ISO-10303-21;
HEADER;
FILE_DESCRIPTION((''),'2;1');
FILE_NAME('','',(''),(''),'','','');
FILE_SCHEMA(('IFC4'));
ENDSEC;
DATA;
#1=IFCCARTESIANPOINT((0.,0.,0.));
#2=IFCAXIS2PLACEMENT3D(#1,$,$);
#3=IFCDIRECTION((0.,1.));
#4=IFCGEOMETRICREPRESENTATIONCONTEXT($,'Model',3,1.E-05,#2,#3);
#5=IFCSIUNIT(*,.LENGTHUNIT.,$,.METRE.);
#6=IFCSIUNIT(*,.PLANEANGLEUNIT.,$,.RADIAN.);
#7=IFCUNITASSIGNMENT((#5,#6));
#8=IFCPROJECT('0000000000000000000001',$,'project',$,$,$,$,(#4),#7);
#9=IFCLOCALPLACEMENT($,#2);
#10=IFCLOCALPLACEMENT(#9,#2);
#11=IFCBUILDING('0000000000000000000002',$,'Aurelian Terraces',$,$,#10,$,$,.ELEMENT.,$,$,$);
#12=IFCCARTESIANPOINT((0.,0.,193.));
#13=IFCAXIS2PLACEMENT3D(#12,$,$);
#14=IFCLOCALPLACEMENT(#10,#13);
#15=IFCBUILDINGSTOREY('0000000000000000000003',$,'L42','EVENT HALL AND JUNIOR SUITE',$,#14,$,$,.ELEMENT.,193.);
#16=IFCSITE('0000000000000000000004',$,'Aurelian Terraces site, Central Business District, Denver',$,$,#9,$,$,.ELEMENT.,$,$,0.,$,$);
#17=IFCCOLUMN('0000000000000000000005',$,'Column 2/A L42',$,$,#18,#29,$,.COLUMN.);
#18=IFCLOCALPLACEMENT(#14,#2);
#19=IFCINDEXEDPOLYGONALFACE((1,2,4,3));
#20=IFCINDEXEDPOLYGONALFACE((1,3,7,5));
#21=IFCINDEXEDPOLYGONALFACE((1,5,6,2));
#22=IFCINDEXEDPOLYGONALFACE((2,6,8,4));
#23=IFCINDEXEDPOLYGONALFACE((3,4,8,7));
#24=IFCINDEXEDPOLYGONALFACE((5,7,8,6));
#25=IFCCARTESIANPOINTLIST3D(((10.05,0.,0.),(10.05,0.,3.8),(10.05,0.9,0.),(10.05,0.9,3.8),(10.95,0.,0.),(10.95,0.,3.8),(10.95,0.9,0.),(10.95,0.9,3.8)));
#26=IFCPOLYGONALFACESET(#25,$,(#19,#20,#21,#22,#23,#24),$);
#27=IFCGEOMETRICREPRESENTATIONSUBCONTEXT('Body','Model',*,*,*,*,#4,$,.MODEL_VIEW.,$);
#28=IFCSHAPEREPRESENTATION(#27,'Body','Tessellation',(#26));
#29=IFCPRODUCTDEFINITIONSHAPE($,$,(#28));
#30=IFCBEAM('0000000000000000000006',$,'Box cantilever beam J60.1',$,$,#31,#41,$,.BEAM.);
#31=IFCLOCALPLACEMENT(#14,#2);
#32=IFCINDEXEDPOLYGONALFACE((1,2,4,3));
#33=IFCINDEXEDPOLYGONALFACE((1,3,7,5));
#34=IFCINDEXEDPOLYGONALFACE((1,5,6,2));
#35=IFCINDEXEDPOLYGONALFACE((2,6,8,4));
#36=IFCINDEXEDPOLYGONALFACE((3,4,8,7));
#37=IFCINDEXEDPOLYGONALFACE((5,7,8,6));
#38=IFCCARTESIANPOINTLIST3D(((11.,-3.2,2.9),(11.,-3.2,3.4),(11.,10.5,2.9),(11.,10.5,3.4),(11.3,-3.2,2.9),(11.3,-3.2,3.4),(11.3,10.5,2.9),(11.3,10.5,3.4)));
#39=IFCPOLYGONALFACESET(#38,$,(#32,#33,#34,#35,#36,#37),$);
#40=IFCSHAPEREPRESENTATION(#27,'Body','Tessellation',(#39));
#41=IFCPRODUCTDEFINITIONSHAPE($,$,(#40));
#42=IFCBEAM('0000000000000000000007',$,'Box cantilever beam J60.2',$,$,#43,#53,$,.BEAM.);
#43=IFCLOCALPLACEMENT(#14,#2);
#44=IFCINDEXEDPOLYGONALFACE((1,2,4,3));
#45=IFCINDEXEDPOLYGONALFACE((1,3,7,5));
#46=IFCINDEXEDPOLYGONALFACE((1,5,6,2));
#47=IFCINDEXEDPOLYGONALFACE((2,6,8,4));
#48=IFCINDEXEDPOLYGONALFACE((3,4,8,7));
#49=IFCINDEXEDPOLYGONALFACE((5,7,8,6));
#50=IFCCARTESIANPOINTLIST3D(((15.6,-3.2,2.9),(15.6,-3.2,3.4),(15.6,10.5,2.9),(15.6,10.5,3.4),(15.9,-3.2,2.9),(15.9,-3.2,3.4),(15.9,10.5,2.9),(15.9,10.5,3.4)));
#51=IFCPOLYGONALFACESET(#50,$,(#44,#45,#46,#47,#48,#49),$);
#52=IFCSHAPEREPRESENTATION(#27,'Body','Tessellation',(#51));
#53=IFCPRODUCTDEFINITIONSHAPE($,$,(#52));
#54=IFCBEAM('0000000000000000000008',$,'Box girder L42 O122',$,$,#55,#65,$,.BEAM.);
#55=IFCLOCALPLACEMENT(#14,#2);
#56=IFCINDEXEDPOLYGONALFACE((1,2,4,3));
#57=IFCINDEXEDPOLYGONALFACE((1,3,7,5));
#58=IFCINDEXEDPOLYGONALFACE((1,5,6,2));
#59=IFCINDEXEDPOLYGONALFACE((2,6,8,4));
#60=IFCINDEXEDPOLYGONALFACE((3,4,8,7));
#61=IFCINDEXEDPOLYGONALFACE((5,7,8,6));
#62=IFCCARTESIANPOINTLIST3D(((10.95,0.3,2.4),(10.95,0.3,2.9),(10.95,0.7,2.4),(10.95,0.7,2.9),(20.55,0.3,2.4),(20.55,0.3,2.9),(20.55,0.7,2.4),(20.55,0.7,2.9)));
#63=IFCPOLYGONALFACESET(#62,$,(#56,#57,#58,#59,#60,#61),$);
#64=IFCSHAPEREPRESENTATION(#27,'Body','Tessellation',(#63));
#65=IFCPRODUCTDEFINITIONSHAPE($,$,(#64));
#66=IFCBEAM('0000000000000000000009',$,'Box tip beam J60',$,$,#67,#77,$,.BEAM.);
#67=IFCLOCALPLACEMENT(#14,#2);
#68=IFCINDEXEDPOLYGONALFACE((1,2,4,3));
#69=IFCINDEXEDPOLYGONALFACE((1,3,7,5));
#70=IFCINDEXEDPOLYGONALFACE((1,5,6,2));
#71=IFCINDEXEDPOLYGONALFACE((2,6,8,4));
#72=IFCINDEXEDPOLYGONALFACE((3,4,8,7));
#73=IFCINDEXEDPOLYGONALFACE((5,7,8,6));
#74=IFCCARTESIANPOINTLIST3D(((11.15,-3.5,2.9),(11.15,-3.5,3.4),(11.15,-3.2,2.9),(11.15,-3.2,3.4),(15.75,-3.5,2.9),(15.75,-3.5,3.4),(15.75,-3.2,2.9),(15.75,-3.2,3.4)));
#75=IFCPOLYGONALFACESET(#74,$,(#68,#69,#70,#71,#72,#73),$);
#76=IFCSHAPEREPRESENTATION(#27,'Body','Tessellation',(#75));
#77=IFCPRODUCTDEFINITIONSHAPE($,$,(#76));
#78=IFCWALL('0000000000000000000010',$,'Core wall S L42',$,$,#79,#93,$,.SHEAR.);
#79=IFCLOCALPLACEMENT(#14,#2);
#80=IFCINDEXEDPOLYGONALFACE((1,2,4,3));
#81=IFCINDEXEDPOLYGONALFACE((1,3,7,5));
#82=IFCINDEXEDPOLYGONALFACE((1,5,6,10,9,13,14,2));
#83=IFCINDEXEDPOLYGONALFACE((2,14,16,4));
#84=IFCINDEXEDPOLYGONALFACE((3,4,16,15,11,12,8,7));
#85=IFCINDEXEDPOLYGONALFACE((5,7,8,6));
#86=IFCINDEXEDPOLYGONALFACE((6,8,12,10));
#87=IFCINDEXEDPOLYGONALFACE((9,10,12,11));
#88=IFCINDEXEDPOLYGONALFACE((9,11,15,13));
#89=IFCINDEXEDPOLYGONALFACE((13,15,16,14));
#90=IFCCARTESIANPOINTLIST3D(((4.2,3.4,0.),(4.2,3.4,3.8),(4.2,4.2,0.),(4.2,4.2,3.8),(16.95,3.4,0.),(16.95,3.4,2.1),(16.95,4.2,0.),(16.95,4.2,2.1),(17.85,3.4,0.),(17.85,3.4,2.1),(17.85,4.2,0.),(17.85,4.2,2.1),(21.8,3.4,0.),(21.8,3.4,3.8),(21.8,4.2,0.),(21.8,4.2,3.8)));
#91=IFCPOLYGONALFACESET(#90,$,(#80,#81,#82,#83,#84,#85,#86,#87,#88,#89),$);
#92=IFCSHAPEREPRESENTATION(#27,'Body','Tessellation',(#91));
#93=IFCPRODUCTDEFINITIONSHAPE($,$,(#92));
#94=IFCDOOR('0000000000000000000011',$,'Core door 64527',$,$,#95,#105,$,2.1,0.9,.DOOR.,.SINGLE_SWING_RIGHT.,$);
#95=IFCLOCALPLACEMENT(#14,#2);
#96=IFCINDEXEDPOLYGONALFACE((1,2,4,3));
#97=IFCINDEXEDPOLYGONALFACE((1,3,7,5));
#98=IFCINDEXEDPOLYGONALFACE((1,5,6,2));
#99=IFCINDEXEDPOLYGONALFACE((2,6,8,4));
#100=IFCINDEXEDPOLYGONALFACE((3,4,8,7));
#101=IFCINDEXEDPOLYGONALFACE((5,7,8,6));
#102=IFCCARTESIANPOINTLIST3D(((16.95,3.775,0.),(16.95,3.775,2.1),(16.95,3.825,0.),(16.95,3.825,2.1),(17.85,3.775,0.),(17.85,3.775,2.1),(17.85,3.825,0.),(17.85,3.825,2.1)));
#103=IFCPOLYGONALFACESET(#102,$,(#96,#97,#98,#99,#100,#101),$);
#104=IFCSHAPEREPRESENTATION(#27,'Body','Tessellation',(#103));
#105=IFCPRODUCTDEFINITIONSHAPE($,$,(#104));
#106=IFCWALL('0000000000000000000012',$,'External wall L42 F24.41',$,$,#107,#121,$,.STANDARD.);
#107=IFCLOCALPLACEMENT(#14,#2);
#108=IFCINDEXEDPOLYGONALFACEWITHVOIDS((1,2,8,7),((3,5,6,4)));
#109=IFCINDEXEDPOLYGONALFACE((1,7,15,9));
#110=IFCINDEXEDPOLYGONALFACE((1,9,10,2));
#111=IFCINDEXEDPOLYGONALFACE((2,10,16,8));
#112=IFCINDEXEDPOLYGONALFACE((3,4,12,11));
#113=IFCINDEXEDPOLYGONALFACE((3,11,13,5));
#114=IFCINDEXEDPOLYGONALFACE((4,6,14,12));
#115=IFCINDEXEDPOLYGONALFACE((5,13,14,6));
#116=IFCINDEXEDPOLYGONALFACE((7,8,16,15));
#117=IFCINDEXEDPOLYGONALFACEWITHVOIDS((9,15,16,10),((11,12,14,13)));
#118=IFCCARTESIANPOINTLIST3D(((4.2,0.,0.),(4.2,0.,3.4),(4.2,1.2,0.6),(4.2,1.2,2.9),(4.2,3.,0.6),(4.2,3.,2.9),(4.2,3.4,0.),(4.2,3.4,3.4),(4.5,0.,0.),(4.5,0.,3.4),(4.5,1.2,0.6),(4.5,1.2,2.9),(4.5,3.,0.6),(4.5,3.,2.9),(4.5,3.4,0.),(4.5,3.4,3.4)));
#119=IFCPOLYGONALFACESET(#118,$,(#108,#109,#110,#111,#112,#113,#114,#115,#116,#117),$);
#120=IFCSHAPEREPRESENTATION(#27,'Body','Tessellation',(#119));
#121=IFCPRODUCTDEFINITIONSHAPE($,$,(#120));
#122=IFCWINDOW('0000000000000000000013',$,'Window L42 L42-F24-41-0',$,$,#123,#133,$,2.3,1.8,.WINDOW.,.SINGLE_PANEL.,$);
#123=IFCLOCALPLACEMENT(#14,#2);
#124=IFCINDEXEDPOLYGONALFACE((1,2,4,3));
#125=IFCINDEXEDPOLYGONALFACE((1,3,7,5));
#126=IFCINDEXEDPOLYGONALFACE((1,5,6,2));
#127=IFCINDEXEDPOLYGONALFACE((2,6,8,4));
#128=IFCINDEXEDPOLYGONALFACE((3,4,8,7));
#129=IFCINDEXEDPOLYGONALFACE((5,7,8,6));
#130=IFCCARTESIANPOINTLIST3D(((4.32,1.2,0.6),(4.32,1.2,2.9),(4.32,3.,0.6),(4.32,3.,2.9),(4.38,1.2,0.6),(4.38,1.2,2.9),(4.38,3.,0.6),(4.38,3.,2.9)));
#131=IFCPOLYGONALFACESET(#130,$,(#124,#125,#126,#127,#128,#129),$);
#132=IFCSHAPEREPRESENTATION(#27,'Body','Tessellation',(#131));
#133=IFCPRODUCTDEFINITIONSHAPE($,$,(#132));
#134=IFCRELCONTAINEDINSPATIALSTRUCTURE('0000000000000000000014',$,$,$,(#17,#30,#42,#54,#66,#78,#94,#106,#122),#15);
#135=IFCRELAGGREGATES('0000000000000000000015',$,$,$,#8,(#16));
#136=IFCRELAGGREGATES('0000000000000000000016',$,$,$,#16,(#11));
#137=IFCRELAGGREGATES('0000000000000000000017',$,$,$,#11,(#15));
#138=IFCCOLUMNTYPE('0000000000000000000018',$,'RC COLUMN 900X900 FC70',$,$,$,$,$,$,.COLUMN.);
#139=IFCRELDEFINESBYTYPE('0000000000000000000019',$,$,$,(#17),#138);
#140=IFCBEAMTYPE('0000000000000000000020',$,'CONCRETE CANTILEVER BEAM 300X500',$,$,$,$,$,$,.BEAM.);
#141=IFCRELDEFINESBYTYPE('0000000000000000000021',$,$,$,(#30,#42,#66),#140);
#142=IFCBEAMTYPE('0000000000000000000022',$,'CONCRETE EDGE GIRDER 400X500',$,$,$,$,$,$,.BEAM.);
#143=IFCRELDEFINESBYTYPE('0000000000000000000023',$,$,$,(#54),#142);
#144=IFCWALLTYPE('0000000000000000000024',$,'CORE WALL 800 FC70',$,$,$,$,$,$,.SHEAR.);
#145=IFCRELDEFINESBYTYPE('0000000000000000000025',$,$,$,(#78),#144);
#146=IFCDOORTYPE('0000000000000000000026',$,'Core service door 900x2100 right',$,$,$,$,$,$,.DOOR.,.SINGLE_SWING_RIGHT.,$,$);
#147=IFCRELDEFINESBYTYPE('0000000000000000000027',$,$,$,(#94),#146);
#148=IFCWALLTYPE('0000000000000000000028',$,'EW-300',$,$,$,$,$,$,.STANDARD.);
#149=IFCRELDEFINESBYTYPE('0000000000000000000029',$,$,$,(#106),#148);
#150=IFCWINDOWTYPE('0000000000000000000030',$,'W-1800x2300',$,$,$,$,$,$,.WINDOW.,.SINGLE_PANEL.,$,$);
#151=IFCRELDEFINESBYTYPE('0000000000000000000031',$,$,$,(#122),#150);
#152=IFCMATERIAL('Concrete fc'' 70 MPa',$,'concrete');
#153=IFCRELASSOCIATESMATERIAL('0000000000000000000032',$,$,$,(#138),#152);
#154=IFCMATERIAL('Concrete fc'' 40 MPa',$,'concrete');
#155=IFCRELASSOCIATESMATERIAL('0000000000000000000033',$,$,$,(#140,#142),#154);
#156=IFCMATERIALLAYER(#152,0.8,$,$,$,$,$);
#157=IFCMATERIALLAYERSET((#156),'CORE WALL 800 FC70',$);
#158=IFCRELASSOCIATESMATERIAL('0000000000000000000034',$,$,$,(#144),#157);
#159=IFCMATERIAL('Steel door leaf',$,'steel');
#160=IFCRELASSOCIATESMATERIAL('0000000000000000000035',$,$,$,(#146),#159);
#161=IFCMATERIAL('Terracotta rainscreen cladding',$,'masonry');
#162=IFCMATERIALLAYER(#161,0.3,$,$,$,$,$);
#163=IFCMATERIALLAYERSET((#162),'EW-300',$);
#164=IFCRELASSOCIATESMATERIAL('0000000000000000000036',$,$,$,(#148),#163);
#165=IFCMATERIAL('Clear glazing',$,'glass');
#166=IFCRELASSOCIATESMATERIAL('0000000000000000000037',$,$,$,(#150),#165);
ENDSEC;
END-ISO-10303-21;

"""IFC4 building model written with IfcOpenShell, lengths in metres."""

from ifc_helpers import new_model, si_unit, direction, frame, frame_2d, origin, origin_2d, place, context, subcontext, project, spatial, rectangle, extrude, source, transform, mapped, material, layer, layer_set, material_profile, profile_set, type_object, element, fill, save


model = new_model("IFC4")

# Units and contexts
model_context = context("Model", 3, precision=1e-05, world=origin(), true_north=direction((0.0, 1.0)))
body_context = subcontext(model_context, "Body", "Model", "MODEL_VIEW")
ifc_project = project(units=[si_unit("LENGTHUNIT", "METRE"), si_unit("PLANEANGLEUNIT", "RADIAN")], contexts=[model_context])

# Site, building, storey
site_placement = place(None, origin())
site = spatial("IfcSite", under=ifc_project, at=site_placement, Name="Aurelian Terraces site, Central Business District, Denver", CompositionType="ELEMENT", RefElevation=0.0)
building_placement = place(site_placement, origin())
building = spatial("IfcBuilding", under=site, at=building_placement, Name="Aurelian Terraces", CompositionType="ELEMENT")
storey_placement = place(building_placement, frame((0.0, 0.0, 193.0)))
storey = spatial("IfcBuildingStorey", under=building, at=storey_placement, Name="L42", Description="EVENT HALL AND JUNIOR SUITE", CompositionType="ELEMENT", Elevation=193.0)

# Column
ifc_material_1 = material(Name="Concrete fc' 70 MPa", Category="concrete")
ifc_material_profile_1 = material_profile(ifc_material_1, rectangle(XDim=0.9, YDim=0.9, at=origin_2d()))
ifc_profile_set_1 = profile_set([ifc_material_profile_1], Name="Concrete fc' 70 MPa")
column_type = type_object("IfcColumnType", Name="RC COLUMN 900X900 FC70", PredefinedType="COLUMN", material=ifc_profile_set_1)
shared_shape_1 = source(origin(), body_context, "Body", "SweptSolid", [
    extrude(rectangle(XDim=0.9, YDim=0.9, at=origin_2d()), origin(), (0.0, 0.0, 1.0), 3.8),
])
column_placement = place(storey_placement, frame((10.5, 0.45, 0.0), z_axis=(0.0, 0.0, 1.0), x_axis=(1.0, 0.0, 0.0)))
element("IfcColumn", 1, at=column_placement, inside=storey, type_object=column_type, Name="Column 2/A L42", PredefinedType="COLUMN", context=body_context, shape_type="MappedRepresentation", body=[
    mapped(shared_shape_1, transform((0.0, 0.0, 0.0), scale=1.0)),
])

# Beams
ifc_material_2 = material(Name="Concrete fc' 40 MPa", Category="concrete")
ifc_material_profile_2 = material_profile(ifc_material_2, rectangle(XDim=0.3, YDim=0.5, at=origin_2d()))
ifc_profile_set_2 = profile_set([ifc_material_profile_2], Name="Concrete fc' 40 MPa")
beam_type_1 = type_object("IfcBeamType", Name="CONCRETE CANTILEVER BEAM 300X500", PredefinedType="BEAM", material=ifc_profile_set_2)
shared_shape_2 = source(origin(), body_context, "Body", "SweptSolid", [
    extrude(rectangle(XDim=0.3, YDim=0.5, at=origin_2d()), origin(), (0.0, 0.0, 1.0), 13.7),
])
for number, where, z_axis, x_axis, name in (
    (2, (11.15, -3.2, 3.15), (0.0, 1.0, 0.0), (-1.0, 0.0, 0.0), "Box cantilever beam J60.1"),
    (3, (15.75, -3.2, 3.15), (0.0, 1.0, 0.0), (-1.0, 0.0, 0.0), "Box cantilever beam J60.2"),
):
    element("IfcBeam", number, at=place(storey_placement, frame(where, z_axis=z_axis, x_axis=x_axis)), inside=storey, type_object=beam_type_1, Name=name, PredefinedType="BEAM", context=body_context, shape_type="MappedRepresentation", body=[
        mapped(shared_shape_2, transform((0.0, 0.0, 0.0), scale=1.0)),
    ])
ifc_material_profile_3 = material_profile(ifc_material_2, rectangle(XDim=0.4, YDim=0.5, at=origin_2d()))
ifc_profile_set_3 = profile_set([ifc_material_profile_3], Name="Concrete fc' 40 MPa")
beam_type_2 = type_object("IfcBeamType", Name="CONCRETE EDGE GIRDER 400X500", PredefinedType="BEAM", material=ifc_profile_set_3)
shared_shape_3 = source(origin(), body_context, "Body", "SweptSolid", [
    extrude(rectangle(XDim=0.4, YDim=0.5, at=origin_2d()), origin(), (0.0, 0.0, 1.0), 9.6),
])
beam_1_placement = place(storey_placement, frame((10.95, 0.5, 2.65), z_axis=(1.0, 0.0, 0.0), x_axis=(0.0, 1.0, 0.0)))
element("IfcBeam", 4, at=beam_1_placement, inside=storey, type_object=beam_type_2, Name="Box girder L42 O122", PredefinedType="BEAM", context=body_context, shape_type="MappedRepresentation", body=[
    mapped(shared_shape_3, transform((0.0, 0.0, 0.0), scale=1.0)),
])
shared_shape_4 = source(origin(), body_context, "Body", "SweptSolid", [
    extrude(rectangle(XDim=0.3, YDim=0.5, at=origin_2d()), origin(), (0.0, 0.0, 1.0), 4.6),
])
beam_2_placement = place(storey_placement, frame((11.15, -3.35, 3.15), z_axis=(1.0, 0.0, 0.0), x_axis=(0.0, 1.0, 0.0)))
element("IfcBeam", 5, at=beam_2_placement, inside=storey, type_object=beam_type_1, Name="Box tip beam J60", PredefinedType="BEAM", context=body_context, shape_type="MappedRepresentation", body=[
    mapped(shared_shape_4, transform((0.0, 0.0, 0.0), scale=1.0)),
])

# Wall, opening, door
ifc_layer_1 = layer(ifc_material_1, 0.8)
ifc_layer_set_1 = layer_set([ifc_layer_1], Name="CORE WALL 800 FC70")
wall_type_1 = type_object("IfcWallType", Name="CORE WALL 800 FC70", PredefinedType="SHEAR", material=ifc_layer_set_1)
shared_shape_5 = source(origin(), body_context, "Body", "SweptSolid", [
    extrude(rectangle(XDim=17.6, YDim=0.8, at=frame_2d((8.8, 0.0))), origin(), (0.0, 0.0, 1.0), 3.8),
])
wall_1_placement = place(storey_placement, frame((4.2, 3.8, 0.0), z_axis=(0.0, 0.0, 1.0), x_axis=(1.0, 0.0, 0.0)))
wall_1 = element("IfcWall", 6, at=wall_1_placement, inside=storey, type_object=wall_type_1, Name="Core wall S L42", PredefinedType="SHEAR", context=body_context, shape_type="MappedRepresentation", body=[
    mapped(shared_shape_5, transform((0.0, 0.0, 0.0), scale=1.0)),
])
shared_shape_6 = source(origin(), body_context, "Body", "SweptSolid", [
    extrude(rectangle(XDim=0.9, YDim=2.1, at=frame_2d((0.45, 1.05))), frame((0.0, 0.41, 0.0), z_axis=(0.0, -1.0, 0.0), x_axis=(1.0, 0.0, 0.0)), (0.0, 0.0, 1.0), 0.82),
])
opening_1_placement = place(wall_1_placement, frame((12.75, 0.0, 0.0)))
opening_1 = element("IfcOpeningElement", 7, at=opening_1_placement, cuts=wall_1, PredefinedType="OPENING", context=body_context, shape_type="MappedRepresentation", body=[
    mapped(shared_shape_6, transform((0.0, 0.0, 0.0), scale=1.0)),
])
ifc_material_3 = material(Name="Steel door leaf", Category="steel")
door_type_1 = type_object("IfcDoorType", Name="Core service door 900x2100 right", OperationType="SINGLE_SWING_RIGHT", PredefinedType="DOOR", material=ifc_material_3)
shared_shape_7 = source(origin(), body_context, "Body", "SweptSolid", [
    extrude(rectangle(XDim=0.9, YDim=2.1, at=frame_2d((0.45, 1.05))), frame((0.0, 0.025, 0.0), z_axis=(0.0, -1.0, 0.0), x_axis=(1.0, 0.0, 0.0)), (0.0, 0.0, 1.0), 0.05),
])
door_1_placement = place(opening_1_placement, origin())
door_1 = element("IfcDoor", 8, at=door_1_placement, inside=storey, type_object=door_type_1, Name="Core door 64527", OperationType="SINGLE_SWING_RIGHT", OverallHeight=2.1, OverallWidth=0.9, PredefinedType="DOOR", context=body_context, shape_type="MappedRepresentation", body=[
    mapped(shared_shape_7, transform((0.0, 0.0, 0.0), scale=1.0)),
])
fill(opening_1, door_1)

# Wall, opening, window
ifc_material_4 = material(Name="Terracotta rainscreen cladding", Category="masonry")
ifc_layer_2 = layer(ifc_material_4, 0.3)
ifc_layer_set_2 = layer_set([ifc_layer_2], Name="EW-300")
wall_type_2 = type_object("IfcWallType", Name="EW-300", PredefinedType="STANDARD", material=ifc_layer_set_2)
shared_shape_8 = source(origin(), body_context, "Body", "SweptSolid", [
    extrude(rectangle(XDim=3.4, YDim=0.3, at=frame_2d((1.7, 0.0))), origin(), (0.0, 0.0, 1.0), 3.4),
])
wall_2_placement = place(storey_placement, frame((4.35, 3.4, 0.0), z_axis=(0.0, 0.0, 1.0), x_axis=(0.0, -1.0, 0.0)))
wall_2 = element("IfcWall", 9, at=wall_2_placement, inside=storey, type_object=wall_type_2, Name="External wall L42 F24.41", PredefinedType="STANDARD", context=body_context, shape_type="MappedRepresentation", body=[
    mapped(shared_shape_8, transform((0.0, 0.0, 0.0), scale=1.0)),
])
shared_shape_9 = source(origin(), body_context, "Body", "SweptSolid", [
    extrude(rectangle(XDim=1.8, YDim=2.3, at=frame_2d((0.9, 1.15))), frame((0.0, 0.16, 0.0), z_axis=(0.0, -1.0, 0.0), x_axis=(1.0, 0.0, 0.0)), (0.0, 0.0, 1.0), 0.32),
])
opening_2_placement = place(wall_2_placement, frame((0.4, 0.0, 0.6)))
opening_2 = element("IfcOpeningElement", 10, at=opening_2_placement, cuts=wall_2, PredefinedType="OPENING", context=body_context, shape_type="MappedRepresentation", body=[
    mapped(shared_shape_9, transform((0.0, 0.0, 0.0), scale=1.0)),
])
ifc_material_5 = material(Name="Clear glazing", Category="glass")
window_type_1 = type_object("IfcWindowType", Name="W-1800x2300", PartitioningType="SINGLE_PANEL", PredefinedType="WINDOW", material=ifc_material_5)
shared_shape_10 = source(origin(), body_context, "Body", "SweptSolid", [
    extrude(rectangle(XDim=1.8, YDim=2.3, at=frame_2d((0.9, 1.15))), frame((0.0, 0.03, 0.0), z_axis=(0.0, -1.0, 0.0), x_axis=(1.0, 0.0, 0.0)), (0.0, 0.0, 1.0), 0.06),
])
window_1_placement = place(opening_2_placement, origin())
window_1 = element("IfcWindow", 11, at=window_1_placement, inside=storey, type_object=window_type_1, Name="Window L42 L42-F24-41-0", OverallHeight=2.3, OverallWidth=1.8, PartitioningType="SINGLE_PANEL", PredefinedType="WINDOW", context=body_context, shape_type="MappedRepresentation", body=[
    mapped(shared_shape_10, transform((0.0, 0.0, 0.0), scale=1.0)),
])
fill(opening_2, window_1)

save(model, "model.ifc")
